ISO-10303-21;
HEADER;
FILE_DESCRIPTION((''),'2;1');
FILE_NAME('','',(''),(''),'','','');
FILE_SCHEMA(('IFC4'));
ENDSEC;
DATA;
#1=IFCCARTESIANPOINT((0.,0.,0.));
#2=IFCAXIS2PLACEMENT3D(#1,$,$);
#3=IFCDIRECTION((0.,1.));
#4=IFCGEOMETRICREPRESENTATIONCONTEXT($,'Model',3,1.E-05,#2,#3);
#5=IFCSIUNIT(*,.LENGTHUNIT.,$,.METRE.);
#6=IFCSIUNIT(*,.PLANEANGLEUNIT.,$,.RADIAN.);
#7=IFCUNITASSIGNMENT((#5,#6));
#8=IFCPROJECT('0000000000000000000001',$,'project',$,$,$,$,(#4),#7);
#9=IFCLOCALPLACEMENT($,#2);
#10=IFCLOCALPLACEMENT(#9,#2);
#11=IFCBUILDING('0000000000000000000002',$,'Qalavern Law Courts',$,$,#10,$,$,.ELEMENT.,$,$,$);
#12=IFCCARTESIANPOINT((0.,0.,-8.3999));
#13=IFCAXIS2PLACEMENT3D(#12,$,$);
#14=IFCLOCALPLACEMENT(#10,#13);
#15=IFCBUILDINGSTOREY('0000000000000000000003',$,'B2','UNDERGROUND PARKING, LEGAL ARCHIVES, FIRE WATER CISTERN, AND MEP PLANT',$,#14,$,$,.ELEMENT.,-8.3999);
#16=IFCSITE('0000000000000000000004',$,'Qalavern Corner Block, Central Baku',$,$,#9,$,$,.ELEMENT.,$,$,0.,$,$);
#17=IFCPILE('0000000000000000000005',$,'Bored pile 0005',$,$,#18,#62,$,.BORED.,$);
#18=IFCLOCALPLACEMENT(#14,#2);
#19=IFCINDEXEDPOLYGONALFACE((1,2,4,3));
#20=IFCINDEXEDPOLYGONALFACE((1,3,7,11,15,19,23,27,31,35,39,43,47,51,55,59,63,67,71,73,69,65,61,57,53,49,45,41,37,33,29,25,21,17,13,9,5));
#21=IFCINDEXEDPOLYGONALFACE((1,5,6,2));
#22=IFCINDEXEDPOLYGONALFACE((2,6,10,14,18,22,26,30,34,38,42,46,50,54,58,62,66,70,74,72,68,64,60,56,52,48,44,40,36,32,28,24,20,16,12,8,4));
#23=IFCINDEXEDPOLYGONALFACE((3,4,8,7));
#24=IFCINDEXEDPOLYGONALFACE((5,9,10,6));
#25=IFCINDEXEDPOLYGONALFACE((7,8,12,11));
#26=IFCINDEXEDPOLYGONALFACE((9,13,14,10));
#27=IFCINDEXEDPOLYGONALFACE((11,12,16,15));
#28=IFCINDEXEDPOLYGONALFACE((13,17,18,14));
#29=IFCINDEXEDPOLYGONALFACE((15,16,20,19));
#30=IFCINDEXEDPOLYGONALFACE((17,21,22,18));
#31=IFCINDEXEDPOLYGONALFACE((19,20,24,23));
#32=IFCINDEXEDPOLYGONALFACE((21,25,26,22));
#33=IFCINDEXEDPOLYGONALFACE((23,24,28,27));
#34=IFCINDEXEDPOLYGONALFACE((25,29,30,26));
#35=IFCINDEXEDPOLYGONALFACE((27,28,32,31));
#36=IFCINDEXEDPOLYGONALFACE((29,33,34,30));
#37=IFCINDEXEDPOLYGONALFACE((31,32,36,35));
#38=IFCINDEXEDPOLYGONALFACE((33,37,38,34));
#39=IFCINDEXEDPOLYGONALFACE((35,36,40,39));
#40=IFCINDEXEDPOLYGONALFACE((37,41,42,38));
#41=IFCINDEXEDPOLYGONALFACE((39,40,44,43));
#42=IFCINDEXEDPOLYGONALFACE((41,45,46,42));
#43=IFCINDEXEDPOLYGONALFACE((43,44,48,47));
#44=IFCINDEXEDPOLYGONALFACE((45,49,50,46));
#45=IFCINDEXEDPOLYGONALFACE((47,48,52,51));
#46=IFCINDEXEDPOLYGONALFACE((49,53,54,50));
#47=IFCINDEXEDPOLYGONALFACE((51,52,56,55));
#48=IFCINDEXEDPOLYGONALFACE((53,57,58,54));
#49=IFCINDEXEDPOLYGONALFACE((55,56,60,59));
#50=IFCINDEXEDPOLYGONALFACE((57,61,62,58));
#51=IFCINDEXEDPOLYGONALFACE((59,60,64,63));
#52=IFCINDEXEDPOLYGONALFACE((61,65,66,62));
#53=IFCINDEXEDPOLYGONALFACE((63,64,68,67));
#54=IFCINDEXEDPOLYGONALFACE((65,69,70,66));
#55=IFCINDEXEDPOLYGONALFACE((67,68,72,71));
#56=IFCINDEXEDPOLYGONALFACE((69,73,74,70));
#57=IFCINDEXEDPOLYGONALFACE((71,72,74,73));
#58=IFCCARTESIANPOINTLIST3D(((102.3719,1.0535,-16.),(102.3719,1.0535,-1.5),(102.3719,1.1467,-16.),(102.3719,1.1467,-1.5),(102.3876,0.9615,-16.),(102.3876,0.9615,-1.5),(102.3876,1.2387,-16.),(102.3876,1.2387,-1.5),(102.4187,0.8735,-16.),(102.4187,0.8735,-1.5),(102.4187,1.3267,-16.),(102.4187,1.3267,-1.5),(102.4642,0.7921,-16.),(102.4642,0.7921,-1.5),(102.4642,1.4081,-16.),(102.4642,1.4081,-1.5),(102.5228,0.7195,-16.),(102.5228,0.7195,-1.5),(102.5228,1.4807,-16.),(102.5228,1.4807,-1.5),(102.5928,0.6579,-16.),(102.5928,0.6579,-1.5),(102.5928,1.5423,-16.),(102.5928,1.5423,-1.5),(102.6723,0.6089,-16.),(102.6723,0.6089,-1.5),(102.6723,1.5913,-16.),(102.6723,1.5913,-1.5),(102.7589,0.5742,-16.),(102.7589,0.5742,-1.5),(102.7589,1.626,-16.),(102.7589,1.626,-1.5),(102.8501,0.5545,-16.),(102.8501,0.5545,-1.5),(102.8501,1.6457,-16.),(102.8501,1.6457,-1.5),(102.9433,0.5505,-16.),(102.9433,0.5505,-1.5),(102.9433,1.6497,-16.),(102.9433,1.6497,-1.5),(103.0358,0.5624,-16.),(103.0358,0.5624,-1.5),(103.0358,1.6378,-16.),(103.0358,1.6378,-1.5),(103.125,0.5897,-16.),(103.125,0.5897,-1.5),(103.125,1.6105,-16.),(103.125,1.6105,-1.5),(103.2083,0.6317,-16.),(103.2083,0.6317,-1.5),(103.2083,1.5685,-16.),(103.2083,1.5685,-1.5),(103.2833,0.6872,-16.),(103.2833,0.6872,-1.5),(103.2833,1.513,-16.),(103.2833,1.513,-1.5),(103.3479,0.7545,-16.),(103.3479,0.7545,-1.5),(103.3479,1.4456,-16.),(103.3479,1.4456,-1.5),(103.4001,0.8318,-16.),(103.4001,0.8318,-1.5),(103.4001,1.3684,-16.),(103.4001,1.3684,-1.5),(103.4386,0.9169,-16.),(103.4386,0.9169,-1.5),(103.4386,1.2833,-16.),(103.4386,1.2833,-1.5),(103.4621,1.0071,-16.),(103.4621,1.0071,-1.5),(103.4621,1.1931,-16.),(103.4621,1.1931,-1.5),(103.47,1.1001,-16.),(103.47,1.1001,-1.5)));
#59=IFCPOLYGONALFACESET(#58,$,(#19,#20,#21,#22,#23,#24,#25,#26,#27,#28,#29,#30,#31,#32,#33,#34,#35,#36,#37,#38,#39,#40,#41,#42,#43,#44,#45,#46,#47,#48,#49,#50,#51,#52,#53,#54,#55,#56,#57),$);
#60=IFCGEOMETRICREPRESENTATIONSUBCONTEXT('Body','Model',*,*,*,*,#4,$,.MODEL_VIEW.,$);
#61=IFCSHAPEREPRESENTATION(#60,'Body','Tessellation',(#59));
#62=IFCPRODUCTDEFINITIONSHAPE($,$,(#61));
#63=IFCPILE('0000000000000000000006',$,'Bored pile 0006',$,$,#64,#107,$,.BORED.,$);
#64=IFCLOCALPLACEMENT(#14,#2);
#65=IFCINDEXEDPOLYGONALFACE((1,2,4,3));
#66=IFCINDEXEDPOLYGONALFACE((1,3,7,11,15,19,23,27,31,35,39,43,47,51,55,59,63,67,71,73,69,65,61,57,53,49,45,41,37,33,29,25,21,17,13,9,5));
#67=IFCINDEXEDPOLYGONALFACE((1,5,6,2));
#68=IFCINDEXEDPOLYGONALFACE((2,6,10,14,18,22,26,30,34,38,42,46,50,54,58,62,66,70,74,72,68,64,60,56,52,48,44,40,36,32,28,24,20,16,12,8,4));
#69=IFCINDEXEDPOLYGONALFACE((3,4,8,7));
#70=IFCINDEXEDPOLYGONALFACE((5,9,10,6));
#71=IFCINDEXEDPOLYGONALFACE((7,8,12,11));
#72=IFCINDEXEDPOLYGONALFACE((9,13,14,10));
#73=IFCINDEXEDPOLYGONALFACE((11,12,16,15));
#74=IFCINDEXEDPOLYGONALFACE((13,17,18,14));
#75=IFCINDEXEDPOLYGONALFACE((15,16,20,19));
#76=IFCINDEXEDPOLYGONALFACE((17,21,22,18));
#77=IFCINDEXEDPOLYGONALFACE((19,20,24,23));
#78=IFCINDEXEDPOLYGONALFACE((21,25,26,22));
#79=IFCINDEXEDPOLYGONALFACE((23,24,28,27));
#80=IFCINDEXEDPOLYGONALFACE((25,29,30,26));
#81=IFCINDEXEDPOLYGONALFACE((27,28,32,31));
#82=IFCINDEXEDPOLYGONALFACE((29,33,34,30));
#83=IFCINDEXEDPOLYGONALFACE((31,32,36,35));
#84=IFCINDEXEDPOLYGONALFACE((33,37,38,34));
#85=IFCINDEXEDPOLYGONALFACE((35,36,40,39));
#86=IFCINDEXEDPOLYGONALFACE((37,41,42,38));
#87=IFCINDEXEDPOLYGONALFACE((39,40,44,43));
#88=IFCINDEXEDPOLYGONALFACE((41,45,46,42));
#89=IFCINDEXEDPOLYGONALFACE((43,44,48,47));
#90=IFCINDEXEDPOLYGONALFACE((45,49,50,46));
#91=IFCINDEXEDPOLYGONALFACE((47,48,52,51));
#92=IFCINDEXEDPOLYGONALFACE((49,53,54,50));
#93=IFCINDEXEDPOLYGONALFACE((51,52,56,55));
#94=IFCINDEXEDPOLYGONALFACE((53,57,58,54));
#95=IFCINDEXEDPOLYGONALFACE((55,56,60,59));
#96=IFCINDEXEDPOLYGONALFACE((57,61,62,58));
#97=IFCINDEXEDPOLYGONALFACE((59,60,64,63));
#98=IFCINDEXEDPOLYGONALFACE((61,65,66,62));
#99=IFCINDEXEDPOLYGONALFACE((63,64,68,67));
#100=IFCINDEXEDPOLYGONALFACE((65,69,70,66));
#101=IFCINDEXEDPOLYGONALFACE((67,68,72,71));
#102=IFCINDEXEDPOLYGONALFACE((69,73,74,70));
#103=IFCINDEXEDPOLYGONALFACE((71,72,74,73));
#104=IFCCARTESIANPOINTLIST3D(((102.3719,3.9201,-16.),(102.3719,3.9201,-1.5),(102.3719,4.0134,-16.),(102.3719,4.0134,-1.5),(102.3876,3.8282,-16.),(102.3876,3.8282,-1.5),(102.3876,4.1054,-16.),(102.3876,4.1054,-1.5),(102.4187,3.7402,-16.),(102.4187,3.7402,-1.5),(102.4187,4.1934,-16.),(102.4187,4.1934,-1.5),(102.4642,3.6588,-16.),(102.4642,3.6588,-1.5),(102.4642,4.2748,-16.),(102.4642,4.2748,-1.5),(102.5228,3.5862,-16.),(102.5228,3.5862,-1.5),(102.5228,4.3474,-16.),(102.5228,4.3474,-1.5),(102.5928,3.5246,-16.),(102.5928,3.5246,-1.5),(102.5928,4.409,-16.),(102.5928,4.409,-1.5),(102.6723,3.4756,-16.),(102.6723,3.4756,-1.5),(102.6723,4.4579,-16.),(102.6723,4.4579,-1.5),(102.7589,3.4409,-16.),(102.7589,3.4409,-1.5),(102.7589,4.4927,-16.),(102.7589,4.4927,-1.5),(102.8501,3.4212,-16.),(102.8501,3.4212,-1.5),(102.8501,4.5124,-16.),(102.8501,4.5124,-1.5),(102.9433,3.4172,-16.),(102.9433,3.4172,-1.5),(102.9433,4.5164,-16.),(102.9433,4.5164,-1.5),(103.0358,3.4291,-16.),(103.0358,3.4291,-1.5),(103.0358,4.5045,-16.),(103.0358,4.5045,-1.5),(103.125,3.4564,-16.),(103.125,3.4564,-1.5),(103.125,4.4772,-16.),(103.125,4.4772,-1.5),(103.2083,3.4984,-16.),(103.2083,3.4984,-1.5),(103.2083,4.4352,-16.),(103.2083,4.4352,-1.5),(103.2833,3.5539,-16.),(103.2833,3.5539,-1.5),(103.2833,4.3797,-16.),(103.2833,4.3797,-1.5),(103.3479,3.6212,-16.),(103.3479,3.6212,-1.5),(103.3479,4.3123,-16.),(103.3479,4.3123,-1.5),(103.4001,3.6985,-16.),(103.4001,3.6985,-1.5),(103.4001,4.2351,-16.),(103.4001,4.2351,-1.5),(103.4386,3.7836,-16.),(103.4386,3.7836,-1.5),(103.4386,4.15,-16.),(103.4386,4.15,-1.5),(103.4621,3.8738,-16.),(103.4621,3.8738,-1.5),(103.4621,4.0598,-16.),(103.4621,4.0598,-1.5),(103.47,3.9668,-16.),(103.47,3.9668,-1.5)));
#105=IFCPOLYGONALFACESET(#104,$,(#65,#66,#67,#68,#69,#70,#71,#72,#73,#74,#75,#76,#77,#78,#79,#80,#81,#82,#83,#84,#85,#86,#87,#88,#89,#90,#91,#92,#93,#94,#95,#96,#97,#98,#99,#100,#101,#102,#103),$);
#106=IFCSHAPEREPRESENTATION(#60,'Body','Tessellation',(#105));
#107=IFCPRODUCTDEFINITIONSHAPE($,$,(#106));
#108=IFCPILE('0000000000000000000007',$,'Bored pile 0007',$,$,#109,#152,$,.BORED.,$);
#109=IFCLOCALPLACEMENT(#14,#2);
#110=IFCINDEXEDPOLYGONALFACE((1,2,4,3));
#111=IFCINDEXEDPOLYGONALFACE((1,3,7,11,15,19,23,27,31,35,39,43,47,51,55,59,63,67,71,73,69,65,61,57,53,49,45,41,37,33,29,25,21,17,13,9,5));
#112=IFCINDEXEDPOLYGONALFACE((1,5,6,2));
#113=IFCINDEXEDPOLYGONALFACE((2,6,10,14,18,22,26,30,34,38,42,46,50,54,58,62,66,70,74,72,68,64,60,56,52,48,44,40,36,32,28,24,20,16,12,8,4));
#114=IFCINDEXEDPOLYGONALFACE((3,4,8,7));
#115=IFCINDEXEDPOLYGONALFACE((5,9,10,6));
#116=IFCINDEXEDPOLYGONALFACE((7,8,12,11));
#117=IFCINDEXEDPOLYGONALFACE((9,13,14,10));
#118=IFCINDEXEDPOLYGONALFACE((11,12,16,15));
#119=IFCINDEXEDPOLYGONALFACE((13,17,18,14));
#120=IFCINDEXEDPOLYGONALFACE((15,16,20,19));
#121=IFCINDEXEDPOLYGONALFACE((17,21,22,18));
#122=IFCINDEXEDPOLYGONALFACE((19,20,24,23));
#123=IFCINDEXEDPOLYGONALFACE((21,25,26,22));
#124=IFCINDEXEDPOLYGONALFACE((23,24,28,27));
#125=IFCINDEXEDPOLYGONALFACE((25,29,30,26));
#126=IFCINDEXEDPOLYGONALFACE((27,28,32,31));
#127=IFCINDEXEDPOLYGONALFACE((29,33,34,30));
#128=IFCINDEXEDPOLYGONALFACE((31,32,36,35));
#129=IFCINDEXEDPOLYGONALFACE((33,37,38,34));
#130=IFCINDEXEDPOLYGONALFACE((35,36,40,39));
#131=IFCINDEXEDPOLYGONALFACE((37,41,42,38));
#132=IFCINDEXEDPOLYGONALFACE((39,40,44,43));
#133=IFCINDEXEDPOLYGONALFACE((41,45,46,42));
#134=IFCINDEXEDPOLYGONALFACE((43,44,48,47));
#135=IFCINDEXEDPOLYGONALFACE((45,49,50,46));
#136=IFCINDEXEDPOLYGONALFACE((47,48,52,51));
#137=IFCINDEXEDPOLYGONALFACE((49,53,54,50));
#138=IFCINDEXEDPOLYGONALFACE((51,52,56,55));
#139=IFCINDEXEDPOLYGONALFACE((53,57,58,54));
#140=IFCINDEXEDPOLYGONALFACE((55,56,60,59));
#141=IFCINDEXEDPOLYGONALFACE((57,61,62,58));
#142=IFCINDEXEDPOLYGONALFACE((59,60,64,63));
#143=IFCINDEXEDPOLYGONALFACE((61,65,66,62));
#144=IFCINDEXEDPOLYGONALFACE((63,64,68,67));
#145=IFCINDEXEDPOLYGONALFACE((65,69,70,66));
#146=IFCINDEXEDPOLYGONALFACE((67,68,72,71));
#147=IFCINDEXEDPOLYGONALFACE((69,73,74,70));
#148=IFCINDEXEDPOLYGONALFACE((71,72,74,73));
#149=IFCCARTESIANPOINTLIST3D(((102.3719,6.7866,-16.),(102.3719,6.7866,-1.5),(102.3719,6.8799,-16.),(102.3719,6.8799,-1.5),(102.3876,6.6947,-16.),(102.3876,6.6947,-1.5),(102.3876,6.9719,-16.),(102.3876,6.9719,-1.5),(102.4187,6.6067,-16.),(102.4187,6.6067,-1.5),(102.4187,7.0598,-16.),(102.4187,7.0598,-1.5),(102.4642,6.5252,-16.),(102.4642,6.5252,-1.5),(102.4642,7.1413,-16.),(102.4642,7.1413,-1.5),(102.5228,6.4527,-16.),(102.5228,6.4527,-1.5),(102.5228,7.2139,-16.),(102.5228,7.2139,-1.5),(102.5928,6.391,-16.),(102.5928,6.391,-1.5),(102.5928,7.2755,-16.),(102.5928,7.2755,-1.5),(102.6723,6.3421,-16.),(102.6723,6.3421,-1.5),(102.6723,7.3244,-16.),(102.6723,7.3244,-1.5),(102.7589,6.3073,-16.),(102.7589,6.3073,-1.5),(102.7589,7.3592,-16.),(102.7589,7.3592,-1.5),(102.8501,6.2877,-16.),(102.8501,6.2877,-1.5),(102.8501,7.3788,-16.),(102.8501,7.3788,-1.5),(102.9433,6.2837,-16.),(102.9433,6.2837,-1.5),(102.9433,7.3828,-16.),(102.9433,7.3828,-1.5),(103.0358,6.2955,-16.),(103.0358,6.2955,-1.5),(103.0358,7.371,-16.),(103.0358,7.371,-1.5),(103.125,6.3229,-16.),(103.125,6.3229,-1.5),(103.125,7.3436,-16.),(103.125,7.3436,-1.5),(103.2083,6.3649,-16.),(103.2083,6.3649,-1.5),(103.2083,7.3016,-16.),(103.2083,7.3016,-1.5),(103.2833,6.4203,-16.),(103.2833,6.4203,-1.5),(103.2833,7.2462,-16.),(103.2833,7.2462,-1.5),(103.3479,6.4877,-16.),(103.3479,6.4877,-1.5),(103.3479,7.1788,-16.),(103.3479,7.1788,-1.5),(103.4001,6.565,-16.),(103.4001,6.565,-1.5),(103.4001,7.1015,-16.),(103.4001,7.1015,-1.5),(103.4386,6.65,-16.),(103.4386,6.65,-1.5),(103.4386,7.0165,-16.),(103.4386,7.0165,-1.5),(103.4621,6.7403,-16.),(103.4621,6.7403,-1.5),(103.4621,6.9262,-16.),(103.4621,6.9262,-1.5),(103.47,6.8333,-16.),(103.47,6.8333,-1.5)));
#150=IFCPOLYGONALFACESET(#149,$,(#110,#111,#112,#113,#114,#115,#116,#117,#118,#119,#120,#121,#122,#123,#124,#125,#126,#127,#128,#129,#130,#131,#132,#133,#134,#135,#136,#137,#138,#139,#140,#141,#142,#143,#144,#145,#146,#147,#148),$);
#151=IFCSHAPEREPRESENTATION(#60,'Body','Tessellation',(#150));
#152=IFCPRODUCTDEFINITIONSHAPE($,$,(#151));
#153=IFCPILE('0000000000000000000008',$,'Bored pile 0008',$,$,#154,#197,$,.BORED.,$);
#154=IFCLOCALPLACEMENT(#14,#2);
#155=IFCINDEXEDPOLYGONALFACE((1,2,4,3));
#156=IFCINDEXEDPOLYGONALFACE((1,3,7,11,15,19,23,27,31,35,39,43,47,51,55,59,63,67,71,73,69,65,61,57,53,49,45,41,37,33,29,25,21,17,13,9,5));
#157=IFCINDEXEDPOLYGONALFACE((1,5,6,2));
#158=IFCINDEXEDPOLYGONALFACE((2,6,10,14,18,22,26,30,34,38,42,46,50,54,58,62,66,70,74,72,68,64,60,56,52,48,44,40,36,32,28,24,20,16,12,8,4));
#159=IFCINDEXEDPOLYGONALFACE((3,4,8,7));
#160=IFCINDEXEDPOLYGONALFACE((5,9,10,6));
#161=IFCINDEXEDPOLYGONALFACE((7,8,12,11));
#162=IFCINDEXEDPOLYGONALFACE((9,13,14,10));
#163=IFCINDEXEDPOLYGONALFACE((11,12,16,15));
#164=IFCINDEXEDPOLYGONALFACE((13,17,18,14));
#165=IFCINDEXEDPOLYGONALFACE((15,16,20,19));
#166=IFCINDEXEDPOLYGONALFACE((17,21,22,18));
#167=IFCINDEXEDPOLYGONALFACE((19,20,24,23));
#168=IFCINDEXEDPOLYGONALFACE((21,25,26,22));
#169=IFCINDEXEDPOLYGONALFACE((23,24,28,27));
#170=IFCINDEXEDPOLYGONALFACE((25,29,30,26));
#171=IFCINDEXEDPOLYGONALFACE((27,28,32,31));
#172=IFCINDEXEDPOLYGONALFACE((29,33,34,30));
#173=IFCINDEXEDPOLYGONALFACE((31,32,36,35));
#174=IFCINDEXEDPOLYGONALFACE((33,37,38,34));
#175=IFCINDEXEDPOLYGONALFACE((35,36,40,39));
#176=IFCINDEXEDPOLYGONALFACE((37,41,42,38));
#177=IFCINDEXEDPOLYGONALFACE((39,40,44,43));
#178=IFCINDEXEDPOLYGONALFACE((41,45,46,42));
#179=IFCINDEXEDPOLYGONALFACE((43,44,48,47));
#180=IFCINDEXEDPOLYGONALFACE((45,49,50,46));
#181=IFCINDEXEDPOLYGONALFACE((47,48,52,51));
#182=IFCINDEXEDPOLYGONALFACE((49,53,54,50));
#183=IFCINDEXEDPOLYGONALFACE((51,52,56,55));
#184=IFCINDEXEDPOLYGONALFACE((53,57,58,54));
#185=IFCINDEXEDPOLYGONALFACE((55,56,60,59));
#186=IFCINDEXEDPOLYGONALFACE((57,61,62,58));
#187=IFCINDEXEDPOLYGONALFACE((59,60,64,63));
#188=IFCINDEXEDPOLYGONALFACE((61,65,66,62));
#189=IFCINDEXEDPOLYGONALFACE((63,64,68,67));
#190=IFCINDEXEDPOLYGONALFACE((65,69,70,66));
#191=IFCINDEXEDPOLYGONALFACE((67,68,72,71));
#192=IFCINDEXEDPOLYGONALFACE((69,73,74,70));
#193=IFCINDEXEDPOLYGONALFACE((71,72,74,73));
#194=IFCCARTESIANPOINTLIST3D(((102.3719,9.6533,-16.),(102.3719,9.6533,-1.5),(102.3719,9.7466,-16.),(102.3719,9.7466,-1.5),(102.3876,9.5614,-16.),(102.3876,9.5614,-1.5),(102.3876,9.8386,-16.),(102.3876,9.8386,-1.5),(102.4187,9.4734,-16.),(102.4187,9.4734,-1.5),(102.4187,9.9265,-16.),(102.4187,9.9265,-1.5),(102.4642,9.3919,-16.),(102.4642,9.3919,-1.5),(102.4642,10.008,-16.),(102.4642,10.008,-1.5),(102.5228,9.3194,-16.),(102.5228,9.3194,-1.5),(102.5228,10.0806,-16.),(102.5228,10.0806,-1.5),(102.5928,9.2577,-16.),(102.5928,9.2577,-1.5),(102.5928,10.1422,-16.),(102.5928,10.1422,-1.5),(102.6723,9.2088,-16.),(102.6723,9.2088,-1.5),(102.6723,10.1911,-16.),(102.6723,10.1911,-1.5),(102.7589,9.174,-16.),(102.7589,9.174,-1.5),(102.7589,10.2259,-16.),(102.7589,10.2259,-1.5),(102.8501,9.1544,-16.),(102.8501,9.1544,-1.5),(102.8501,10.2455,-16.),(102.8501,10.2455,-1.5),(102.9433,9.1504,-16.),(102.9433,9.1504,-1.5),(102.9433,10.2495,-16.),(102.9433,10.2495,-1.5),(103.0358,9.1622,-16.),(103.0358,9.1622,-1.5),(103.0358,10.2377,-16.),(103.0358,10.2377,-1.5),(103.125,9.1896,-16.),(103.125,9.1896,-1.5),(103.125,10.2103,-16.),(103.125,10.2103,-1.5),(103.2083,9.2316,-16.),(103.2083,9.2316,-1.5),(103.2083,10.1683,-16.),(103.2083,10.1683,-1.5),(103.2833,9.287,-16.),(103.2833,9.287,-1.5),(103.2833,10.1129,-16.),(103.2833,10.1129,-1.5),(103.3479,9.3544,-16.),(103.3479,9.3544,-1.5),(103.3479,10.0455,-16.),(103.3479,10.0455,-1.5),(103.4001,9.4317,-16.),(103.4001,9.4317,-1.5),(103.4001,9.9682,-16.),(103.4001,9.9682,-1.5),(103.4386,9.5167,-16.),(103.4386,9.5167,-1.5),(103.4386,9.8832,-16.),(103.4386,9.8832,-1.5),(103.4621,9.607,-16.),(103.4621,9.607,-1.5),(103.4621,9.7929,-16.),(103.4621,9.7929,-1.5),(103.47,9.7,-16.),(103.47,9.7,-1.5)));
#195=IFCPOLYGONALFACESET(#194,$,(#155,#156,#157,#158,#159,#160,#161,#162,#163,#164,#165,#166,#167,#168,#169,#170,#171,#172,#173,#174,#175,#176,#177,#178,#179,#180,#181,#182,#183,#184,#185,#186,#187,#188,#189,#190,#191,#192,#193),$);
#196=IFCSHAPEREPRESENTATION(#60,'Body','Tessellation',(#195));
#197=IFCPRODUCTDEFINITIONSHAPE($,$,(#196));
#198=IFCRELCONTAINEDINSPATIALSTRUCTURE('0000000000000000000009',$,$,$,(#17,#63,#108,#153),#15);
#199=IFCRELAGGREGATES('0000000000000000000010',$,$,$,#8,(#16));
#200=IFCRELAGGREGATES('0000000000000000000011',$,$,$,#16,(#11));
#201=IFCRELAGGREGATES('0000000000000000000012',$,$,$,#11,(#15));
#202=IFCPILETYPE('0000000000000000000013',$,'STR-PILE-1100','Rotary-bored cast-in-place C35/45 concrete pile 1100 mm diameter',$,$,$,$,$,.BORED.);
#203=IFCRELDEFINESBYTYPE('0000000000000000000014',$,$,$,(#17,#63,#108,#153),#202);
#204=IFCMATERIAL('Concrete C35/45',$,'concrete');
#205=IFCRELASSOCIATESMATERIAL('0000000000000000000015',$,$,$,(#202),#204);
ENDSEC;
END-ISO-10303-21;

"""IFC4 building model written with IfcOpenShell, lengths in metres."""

from ifc_helpers import new_model, si_unit, direction, frame, origin, origin_2d, place, context, subcontext, project, spatial, circle, extrude, material, material_profile, profile_set, type_object, element, save


model = new_model("IFC4")

# Units and contexts
model_context = context("Model", 3, precision=1e-05, world=origin(), true_north=direction((0.0, 1.0)))
body_context = subcontext(model_context, "Body", "Model", "MODEL_VIEW")
ifc_project = project(units=[si_unit("LENGTHUNIT", "METRE"), si_unit("PLANEANGLEUNIT", "RADIAN")], contexts=[model_context])

# Site, building, storey
site_placement = place(None, origin())
site = spatial("IfcSite", under=ifc_project, at=site_placement, Name="Qalavern Corner Block, Central Baku", CompositionType="ELEMENT", RefElevation=0.0)
building_placement = place(site_placement, origin())
building = spatial("IfcBuilding", under=site, at=building_placement, Name="Qalavern Law Courts", CompositionType="ELEMENT")
storey_placement = place(building_placement, frame((0.0, 0.0, -8.3999)))
storey = spatial("IfcBuildingStorey", under=building, at=storey_placement, Name="B2", Description="UNDERGROUND PARKING, LEGAL ARCHIVES, FIRE WATER CISTERN, AND MEP PLANT", CompositionType="ELEMENT", Elevation=-8.3999)

# Shared definitions
ifc_material_1 = material(Name="Concrete C35/45", Category="concrete")

# Piles
ifc_material_profile_1 = material_profile(ifc_material_1, circle(Radius=0.55, at=origin_2d()), Name="BORED PILE 1100")
ifc_profile_set_1 = profile_set([ifc_material_profile_1], Name="Concrete C35/45")
pile_type_1 = type_object("IfcPileType", Name="STR-PILE-1100", Description="Rotary-bored cast-in-place C35/45 concrete pile 1100 mm diameter", PredefinedType="BORED", material=ifc_profile_set_1)
for number, where, z_axis, x_axis, name in (
    (1, (102.9199, 1.1001, -1.5), (0.0, 0.0, -1.0), (1.0, 0.0, 0.0), "Bored pile 0005"),
    (2, (102.9199, 3.9668, -1.5), (0.0, 0.0, -1.0), (1.0, 0.0, 0.0), "Bored pile 0006"),
    (3, (102.9199, 6.8333, -1.5), (0.0, 0.0, -1.0), (1.0, 0.0, 0.0), "Bored pile 0007"),
    (4, (102.9199, 9.7, -1.5), (0.0, 0.0, -1.0), (1.0, 0.0, 0.0), "Bored pile 0008"),
):
    element("IfcPile", number, at=place(storey_placement, frame(where, z_axis=z_axis, x_axis=x_axis)), inside=storey, type_object=pile_type_1, Name=name, PredefinedType="BORED", context=body_context, shape_type="SweptSolid", body=[
        extrude(circle(Radius=0.55, at=origin_2d()), origin(), (0.0, 0.0, 1.0), 14.5),
    ])

save(model, "model.ifc")
